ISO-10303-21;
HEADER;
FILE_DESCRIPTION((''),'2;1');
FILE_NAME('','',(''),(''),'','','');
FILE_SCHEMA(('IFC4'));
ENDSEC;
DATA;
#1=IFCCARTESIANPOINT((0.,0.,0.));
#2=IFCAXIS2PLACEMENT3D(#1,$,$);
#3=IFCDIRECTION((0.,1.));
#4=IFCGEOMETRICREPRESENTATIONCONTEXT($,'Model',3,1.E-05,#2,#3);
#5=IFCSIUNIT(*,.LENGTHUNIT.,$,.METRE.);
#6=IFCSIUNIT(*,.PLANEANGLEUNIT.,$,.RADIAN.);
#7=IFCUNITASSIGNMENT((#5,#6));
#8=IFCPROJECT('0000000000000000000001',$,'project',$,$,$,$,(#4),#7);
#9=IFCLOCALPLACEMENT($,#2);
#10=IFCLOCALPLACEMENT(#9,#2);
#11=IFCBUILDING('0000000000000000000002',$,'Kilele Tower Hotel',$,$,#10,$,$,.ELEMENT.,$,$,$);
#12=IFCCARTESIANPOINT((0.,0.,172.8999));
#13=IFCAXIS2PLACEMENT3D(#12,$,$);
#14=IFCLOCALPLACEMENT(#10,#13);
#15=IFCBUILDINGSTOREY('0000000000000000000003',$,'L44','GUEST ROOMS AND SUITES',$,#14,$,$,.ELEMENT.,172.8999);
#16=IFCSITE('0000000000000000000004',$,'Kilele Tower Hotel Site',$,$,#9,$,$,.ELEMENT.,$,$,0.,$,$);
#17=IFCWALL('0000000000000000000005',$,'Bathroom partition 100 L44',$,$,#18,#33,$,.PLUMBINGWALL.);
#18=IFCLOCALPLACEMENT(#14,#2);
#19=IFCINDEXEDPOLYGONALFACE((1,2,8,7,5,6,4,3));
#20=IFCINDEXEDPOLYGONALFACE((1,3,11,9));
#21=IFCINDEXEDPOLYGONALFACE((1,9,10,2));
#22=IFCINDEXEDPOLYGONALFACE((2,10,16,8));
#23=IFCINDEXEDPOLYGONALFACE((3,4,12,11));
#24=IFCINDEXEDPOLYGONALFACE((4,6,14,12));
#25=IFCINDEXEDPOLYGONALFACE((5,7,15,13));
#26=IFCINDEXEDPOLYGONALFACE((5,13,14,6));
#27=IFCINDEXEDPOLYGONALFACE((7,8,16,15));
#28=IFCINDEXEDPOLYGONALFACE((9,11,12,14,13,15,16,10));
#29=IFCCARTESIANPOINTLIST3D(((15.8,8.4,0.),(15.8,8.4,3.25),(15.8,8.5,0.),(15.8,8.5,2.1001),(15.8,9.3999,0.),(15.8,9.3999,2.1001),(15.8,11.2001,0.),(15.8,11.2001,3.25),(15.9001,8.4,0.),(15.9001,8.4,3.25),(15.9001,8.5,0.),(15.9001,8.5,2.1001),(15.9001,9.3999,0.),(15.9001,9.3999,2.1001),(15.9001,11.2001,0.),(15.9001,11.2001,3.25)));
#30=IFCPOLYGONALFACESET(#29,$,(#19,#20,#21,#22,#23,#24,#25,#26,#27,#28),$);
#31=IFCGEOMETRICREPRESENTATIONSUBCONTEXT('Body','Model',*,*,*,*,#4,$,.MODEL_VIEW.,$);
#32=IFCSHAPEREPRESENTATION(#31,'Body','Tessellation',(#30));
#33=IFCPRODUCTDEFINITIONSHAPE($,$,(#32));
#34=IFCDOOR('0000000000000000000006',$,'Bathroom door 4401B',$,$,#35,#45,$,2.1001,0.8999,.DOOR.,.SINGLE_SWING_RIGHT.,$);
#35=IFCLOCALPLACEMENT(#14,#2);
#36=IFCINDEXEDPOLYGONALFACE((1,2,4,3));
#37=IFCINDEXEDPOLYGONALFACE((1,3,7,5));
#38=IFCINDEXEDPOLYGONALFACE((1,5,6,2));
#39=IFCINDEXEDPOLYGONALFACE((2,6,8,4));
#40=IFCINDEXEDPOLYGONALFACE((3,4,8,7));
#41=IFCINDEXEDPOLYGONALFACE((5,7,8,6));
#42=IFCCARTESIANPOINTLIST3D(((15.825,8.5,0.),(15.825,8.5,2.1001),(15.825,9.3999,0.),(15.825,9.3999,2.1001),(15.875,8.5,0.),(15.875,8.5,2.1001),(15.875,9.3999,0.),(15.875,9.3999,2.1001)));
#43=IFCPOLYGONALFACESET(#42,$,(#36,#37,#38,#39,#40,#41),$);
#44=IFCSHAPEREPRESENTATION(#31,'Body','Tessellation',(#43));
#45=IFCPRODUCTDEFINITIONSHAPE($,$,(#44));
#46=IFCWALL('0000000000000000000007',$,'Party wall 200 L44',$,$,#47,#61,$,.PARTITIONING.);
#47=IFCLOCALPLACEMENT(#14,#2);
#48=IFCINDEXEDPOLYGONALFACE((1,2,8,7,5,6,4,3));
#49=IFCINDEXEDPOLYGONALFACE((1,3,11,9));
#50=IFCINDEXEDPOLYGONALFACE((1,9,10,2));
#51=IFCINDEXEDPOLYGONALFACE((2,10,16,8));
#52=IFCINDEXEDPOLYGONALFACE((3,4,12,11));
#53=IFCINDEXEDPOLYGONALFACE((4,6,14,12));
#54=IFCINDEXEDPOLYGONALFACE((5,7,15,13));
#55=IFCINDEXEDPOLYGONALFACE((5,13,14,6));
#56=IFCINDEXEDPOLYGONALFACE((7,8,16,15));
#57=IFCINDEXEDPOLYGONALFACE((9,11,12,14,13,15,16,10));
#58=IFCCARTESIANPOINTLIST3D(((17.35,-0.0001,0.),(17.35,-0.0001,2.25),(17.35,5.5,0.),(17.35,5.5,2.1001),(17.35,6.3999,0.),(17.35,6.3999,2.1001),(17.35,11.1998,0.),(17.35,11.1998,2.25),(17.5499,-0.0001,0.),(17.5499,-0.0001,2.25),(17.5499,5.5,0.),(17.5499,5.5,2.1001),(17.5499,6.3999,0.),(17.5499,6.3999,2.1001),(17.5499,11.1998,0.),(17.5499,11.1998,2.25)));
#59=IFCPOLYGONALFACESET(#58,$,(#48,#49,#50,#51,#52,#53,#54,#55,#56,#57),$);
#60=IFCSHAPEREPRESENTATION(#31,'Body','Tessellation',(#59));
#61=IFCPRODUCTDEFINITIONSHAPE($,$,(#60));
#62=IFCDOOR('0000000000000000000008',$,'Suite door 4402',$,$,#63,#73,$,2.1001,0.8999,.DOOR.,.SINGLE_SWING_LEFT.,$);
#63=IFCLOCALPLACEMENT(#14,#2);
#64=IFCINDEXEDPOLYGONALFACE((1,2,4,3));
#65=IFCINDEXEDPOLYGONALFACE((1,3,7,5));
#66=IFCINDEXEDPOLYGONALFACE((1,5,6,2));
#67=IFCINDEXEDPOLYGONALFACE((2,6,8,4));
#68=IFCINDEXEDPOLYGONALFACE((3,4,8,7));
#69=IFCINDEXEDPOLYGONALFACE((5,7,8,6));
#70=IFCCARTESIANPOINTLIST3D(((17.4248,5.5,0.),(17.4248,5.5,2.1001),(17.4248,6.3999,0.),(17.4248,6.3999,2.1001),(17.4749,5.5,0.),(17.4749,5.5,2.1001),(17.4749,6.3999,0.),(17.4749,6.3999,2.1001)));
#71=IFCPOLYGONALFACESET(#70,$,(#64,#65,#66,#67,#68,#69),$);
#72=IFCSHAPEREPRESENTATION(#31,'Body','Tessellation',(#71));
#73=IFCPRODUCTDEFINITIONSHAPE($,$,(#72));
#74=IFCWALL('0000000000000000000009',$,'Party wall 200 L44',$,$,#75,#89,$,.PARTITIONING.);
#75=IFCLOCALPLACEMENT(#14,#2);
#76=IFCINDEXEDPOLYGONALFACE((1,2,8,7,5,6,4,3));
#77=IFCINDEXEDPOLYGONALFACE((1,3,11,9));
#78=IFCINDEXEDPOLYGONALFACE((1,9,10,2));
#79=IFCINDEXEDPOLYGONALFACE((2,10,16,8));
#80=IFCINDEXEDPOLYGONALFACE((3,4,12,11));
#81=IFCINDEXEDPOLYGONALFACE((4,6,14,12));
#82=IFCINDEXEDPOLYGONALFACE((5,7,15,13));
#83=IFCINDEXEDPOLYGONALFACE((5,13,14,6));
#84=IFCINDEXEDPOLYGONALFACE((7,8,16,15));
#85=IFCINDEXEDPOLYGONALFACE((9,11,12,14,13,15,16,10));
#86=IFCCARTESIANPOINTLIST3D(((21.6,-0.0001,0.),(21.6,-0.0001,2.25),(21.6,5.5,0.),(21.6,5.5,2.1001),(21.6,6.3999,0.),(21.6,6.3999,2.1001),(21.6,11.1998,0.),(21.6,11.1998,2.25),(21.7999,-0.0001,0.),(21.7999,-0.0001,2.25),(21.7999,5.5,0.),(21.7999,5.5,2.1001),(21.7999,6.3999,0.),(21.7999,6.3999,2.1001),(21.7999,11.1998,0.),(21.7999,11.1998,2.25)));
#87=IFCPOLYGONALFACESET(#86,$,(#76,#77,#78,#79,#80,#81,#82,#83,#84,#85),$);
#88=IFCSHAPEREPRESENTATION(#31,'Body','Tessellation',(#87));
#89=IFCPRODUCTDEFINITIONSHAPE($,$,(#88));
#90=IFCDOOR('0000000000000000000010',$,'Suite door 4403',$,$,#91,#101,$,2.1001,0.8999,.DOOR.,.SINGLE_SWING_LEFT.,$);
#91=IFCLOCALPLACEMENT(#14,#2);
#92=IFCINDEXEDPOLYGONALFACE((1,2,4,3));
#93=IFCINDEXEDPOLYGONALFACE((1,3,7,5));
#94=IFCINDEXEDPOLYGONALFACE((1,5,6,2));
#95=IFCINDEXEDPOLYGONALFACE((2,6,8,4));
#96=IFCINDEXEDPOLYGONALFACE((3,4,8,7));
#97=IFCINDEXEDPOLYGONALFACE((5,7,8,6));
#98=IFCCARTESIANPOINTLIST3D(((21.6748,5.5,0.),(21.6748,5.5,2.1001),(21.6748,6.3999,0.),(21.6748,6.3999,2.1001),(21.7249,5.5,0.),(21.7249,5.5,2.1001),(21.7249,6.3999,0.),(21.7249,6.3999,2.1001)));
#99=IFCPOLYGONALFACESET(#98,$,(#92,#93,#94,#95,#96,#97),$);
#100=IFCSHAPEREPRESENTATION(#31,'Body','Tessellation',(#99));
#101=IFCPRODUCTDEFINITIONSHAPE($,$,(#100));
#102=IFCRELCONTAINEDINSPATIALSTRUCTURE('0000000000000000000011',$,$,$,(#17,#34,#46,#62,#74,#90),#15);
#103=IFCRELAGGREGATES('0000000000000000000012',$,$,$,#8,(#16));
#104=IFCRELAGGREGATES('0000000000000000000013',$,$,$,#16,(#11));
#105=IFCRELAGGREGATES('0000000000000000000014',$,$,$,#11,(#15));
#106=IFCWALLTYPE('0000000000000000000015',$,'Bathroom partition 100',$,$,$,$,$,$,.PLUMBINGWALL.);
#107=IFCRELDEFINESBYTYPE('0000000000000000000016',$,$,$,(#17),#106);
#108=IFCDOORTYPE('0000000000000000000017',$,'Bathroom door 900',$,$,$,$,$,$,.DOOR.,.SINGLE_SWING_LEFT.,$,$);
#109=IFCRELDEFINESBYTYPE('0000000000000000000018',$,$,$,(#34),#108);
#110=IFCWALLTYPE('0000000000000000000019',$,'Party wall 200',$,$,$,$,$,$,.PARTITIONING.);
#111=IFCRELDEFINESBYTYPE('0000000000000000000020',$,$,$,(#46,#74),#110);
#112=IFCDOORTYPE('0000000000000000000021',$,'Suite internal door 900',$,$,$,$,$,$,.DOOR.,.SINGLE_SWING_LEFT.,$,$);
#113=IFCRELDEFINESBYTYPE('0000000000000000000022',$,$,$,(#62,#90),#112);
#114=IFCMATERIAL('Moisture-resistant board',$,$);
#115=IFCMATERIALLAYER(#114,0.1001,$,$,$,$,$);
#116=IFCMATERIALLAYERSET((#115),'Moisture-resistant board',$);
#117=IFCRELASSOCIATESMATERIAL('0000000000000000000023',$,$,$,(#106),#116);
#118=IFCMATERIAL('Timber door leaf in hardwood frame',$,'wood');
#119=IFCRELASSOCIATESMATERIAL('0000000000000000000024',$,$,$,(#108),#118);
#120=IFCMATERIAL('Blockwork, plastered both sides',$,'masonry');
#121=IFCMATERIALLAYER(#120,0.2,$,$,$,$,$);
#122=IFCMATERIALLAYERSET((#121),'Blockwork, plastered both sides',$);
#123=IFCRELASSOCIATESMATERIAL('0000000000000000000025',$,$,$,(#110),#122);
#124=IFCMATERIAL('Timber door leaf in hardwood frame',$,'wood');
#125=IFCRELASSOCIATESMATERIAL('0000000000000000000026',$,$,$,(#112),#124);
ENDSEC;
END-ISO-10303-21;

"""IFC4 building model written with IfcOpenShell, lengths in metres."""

from ifc_helpers import new_model, si_unit, direction, frame, frame_2d, origin, place, context, subcontext, project, spatial, rectangle, extrude, material, layer, layer_set, type_object, element, fill, save


model = new_model("IFC4")

# Units and contexts
model_context = context("Model", 3, precision=1e-05, world=origin(), true_north=direction((0.0, 1.0)))
body_context = subcontext(model_context, "Body", "Model", "MODEL_VIEW")
ifc_project = project(units=[si_unit("LENGTHUNIT", "METRE"), si_unit("PLANEANGLEUNIT", "RADIAN")], contexts=[model_context])

# Site, building, storey
site_placement = place(None, origin())
site = spatial("IfcSite", under=ifc_project, at=site_placement, Name="Kilele Tower Hotel Site", CompositionType="ELEMENT", RefElevation=0.0)
building_placement = place(site_placement, origin())
building = spatial("IfcBuilding", under=site, at=building_placement, Name="Kilele Tower Hotel", CompositionType="ELEMENT")
storey_placement = place(building_placement, frame((0.0, 0.0, 172.8999)))
storey = spatial("IfcBuildingStorey", under=building, at=storey_placement, Name="L44", Description="GUEST ROOMS AND SUITES", CompositionType="ELEMENT", Elevation=172.8999)

# Walls, openings, doors
ifc_material_1 = material(Name="Moisture-resistant board")
ifc_layer_1 = layer(ifc_material_1, 0.1001)
ifc_layer_set_1 = layer_set([ifc_layer_1], Name="Moisture-resistant board")
wall_type_1 = type_object("IfcWallType", Name="Bathroom partition 100", PredefinedType="PLUMBINGWALL", material=ifc_layer_set_1)
wall_1_placement = place(storey_placement, frame((15.8501, 11.2, 0.0), z_axis=(0.0, 0.0, 1.0), x_axis=(0.0, -1.0, 0.0)))
wall_1 = element("IfcWall", 1, at=wall_1_placement, inside=storey, type_object=wall_type_1, Name="Bathroom partition 100 L44", PredefinedType="PLUMBINGWALL", context=body_context, shape_type="SweptSolid", body=[
    extrude(rectangle(XDim=2.8, YDim=0.1001, at=frame_2d((1.3999, 0.0))), origin(), (0.0, 0.0, 1.0), 3.25),
])
opening_1_placement = place(wall_1_placement, frame((1.8, 0.0, 0.0)))
opening_1 = element("IfcOpeningElement", 2, at=opening_1_placement, cuts=wall_1, PredefinedType="OPENING", context=body_context, shape_type="SweptSolid", body=[
    extrude(rectangle(XDim=0.8999, YDim=2.1001, at=frame_2d((0.45, 1.05))), frame((0.0, 0.0601, 0.0), z_axis=(0.0, -1.0, 0.0), x_axis=(1.0, 0.0, 0.0)), (0.0, 0.0, 1.0), 0.1201),
])
ifc_material_2 = material(Name="Timber door leaf in hardwood frame", Category="wood")
door_type_1 = type_object("IfcDoorType", Name="Bathroom door 900", OperationType="SINGLE_SWING_LEFT", PredefinedType="DOOR", material=ifc_material_2)
door_1_placement = place(opening_1_placement, origin())
door_1 = element("IfcDoor", 3, at=door_1_placement, inside=storey, type_object=door_type_1, Name="Bathroom door 4401B", OperationType="SINGLE_SWING_RIGHT", OverallHeight=2.1001, OverallWidth=0.8999, PredefinedType="DOOR", context=body_context, shape_type="SweptSolid", body=[
    extrude(rectangle(XDim=0.8999, YDim=2.1001, at=frame_2d((0.45, 1.05))), frame((0.0, 0.0249, 0.0), z_axis=(0.0, -1.0, 0.0), x_axis=(1.0, 0.0, 0.0)), (0.0, 0.0, 1.0), 0.05),
])
fill(opening_1, door_1)
ifc_material_3 = material(Name="Blockwork, plastered both sides", Category="masonry")
ifc_layer_2 = layer(ifc_material_3, 0.2)
ifc_layer_set_2 = layer_set([ifc_layer_2], Name="Blockwork, plastered both sides")
wall_type_2 = type_object("IfcWallType", Name="Party wall 200", PredefinedType="PARTITIONING", material=ifc_layer_set_2)
wall_2_placement = place(storey_placement, frame((17.45, 11.2, 0.0), z_axis=(0.0, 0.0, 1.0), x_axis=(0.0, -1.0, 0.0)))
wall_2 = element("IfcWall", 4, at=wall_2_placement, inside=storey, type_object=wall_type_2, Name="Party wall 200 L44", PredefinedType="PARTITIONING", context=body_context, shape_type="SweptSolid", body=[
    extrude(rectangle(XDim=11.2, YDim=0.2, at=frame_2d((5.6001, 0.0))), origin(), (0.0, 0.0, 1.0), 2.25),
])
opening_2_placement = place(wall_2_placement, frame((4.8, 0.0, 0.0)))
opening_2 = element("IfcOpeningElement", 5, at=opening_2_placement, cuts=wall_2, PredefinedType="OPENING", context=body_context, shape_type="SweptSolid", body=[
    extrude(rectangle(XDim=0.8999, YDim=2.1001, at=frame_2d((0.45, 1.05))), frame((0.0, 0.1099, 0.0), z_axis=(0.0, -1.0, 0.0), x_axis=(1.0, 0.0, 0.0)), (0.0, 0.0, 1.0), 0.22),
])
ifc_material_4 = material(Name="Timber door leaf in hardwood frame", Category="wood")
door_type_2 = type_object("IfcDoorType", Name="Suite internal door 900", OperationType="SINGLE_SWING_LEFT", PredefinedType="DOOR", material=ifc_material_4)
door_2_placement = place(opening_2_placement, origin())
door_2 = element("IfcDoor", 6, at=door_2_placement, inside=storey, type_object=door_type_2, Name="Suite door 4402", OperationType="SINGLE_SWING_LEFT", OverallHeight=2.1001, OverallWidth=0.8999, PredefinedType="DOOR", context=body_context, shape_type="SweptSolid", body=[
    extrude(rectangle(XDim=0.8999, YDim=2.1001, at=frame_2d((0.45, 1.05))), frame((0.0, 0.0249, 0.0), z_axis=(0.0, -1.0, 0.0), x_axis=(1.0, 0.0, 0.0)), (0.0, 0.0, 1.0), 0.05),
])
fill(opening_2, door_2)
wall_3_placement = place(storey_placement, frame((21.7, 11.2, 0.0), z_axis=(0.0, 0.0, 1.0), x_axis=(0.0, -1.0, 0.0)))
wall_3 = element("IfcWall", 7, at=wall_3_placement, inside=storey, type_object=wall_type_2, Name="Party wall 200 L44", PredefinedType="PARTITIONING", context=body_context, shape_type="SweptSolid", body=[
    extrude(rectangle(XDim=11.2, YDim=0.2, at=frame_2d((5.6001, 0.0))), origin(), (0.0, 0.0, 1.0), 2.25),
])
opening_3_placement = place(wall_3_placement, frame((4.8, 0.0, 0.0)))
opening_3 = element("IfcOpeningElement", 8, at=opening_3_placement, cuts=wall_3, PredefinedType="OPENING", context=body_context, shape_type="SweptSolid", body=[
    extrude(rectangle(XDim=0.8999, YDim=2.1001, at=frame_2d((0.45, 1.05))), frame((0.0, 0.1099, 0.0), z_axis=(0.0, -1.0, 0.0), x_axis=(1.0, 0.0, 0.0)), (0.0, 0.0, 1.0), 0.22),
])
door_3_placement = place(opening_3_placement, origin())
door_3 = element("IfcDoor", 9, at=door_3_placement, inside=storey, type_object=door_type_2, Name="Suite door 4403", OperationType="SINGLE_SWING_LEFT", OverallHeight=2.1001, OverallWidth=0.8999, PredefinedType="DOOR", context=body_context, shape_type="SweptSolid", body=[
    extrude(rectangle(XDim=0.8999, YDim=2.1001, at=frame_2d((0.45, 1.05))), frame((0.0, 0.0249, 0.0), z_axis=(0.0, -1.0, 0.0), x_axis=(1.0, 0.0, 0.0)), (0.0, 0.0, 1.0), 0.05),
])
fill(opening_3, door_3)

save(model, "model.ifc")
